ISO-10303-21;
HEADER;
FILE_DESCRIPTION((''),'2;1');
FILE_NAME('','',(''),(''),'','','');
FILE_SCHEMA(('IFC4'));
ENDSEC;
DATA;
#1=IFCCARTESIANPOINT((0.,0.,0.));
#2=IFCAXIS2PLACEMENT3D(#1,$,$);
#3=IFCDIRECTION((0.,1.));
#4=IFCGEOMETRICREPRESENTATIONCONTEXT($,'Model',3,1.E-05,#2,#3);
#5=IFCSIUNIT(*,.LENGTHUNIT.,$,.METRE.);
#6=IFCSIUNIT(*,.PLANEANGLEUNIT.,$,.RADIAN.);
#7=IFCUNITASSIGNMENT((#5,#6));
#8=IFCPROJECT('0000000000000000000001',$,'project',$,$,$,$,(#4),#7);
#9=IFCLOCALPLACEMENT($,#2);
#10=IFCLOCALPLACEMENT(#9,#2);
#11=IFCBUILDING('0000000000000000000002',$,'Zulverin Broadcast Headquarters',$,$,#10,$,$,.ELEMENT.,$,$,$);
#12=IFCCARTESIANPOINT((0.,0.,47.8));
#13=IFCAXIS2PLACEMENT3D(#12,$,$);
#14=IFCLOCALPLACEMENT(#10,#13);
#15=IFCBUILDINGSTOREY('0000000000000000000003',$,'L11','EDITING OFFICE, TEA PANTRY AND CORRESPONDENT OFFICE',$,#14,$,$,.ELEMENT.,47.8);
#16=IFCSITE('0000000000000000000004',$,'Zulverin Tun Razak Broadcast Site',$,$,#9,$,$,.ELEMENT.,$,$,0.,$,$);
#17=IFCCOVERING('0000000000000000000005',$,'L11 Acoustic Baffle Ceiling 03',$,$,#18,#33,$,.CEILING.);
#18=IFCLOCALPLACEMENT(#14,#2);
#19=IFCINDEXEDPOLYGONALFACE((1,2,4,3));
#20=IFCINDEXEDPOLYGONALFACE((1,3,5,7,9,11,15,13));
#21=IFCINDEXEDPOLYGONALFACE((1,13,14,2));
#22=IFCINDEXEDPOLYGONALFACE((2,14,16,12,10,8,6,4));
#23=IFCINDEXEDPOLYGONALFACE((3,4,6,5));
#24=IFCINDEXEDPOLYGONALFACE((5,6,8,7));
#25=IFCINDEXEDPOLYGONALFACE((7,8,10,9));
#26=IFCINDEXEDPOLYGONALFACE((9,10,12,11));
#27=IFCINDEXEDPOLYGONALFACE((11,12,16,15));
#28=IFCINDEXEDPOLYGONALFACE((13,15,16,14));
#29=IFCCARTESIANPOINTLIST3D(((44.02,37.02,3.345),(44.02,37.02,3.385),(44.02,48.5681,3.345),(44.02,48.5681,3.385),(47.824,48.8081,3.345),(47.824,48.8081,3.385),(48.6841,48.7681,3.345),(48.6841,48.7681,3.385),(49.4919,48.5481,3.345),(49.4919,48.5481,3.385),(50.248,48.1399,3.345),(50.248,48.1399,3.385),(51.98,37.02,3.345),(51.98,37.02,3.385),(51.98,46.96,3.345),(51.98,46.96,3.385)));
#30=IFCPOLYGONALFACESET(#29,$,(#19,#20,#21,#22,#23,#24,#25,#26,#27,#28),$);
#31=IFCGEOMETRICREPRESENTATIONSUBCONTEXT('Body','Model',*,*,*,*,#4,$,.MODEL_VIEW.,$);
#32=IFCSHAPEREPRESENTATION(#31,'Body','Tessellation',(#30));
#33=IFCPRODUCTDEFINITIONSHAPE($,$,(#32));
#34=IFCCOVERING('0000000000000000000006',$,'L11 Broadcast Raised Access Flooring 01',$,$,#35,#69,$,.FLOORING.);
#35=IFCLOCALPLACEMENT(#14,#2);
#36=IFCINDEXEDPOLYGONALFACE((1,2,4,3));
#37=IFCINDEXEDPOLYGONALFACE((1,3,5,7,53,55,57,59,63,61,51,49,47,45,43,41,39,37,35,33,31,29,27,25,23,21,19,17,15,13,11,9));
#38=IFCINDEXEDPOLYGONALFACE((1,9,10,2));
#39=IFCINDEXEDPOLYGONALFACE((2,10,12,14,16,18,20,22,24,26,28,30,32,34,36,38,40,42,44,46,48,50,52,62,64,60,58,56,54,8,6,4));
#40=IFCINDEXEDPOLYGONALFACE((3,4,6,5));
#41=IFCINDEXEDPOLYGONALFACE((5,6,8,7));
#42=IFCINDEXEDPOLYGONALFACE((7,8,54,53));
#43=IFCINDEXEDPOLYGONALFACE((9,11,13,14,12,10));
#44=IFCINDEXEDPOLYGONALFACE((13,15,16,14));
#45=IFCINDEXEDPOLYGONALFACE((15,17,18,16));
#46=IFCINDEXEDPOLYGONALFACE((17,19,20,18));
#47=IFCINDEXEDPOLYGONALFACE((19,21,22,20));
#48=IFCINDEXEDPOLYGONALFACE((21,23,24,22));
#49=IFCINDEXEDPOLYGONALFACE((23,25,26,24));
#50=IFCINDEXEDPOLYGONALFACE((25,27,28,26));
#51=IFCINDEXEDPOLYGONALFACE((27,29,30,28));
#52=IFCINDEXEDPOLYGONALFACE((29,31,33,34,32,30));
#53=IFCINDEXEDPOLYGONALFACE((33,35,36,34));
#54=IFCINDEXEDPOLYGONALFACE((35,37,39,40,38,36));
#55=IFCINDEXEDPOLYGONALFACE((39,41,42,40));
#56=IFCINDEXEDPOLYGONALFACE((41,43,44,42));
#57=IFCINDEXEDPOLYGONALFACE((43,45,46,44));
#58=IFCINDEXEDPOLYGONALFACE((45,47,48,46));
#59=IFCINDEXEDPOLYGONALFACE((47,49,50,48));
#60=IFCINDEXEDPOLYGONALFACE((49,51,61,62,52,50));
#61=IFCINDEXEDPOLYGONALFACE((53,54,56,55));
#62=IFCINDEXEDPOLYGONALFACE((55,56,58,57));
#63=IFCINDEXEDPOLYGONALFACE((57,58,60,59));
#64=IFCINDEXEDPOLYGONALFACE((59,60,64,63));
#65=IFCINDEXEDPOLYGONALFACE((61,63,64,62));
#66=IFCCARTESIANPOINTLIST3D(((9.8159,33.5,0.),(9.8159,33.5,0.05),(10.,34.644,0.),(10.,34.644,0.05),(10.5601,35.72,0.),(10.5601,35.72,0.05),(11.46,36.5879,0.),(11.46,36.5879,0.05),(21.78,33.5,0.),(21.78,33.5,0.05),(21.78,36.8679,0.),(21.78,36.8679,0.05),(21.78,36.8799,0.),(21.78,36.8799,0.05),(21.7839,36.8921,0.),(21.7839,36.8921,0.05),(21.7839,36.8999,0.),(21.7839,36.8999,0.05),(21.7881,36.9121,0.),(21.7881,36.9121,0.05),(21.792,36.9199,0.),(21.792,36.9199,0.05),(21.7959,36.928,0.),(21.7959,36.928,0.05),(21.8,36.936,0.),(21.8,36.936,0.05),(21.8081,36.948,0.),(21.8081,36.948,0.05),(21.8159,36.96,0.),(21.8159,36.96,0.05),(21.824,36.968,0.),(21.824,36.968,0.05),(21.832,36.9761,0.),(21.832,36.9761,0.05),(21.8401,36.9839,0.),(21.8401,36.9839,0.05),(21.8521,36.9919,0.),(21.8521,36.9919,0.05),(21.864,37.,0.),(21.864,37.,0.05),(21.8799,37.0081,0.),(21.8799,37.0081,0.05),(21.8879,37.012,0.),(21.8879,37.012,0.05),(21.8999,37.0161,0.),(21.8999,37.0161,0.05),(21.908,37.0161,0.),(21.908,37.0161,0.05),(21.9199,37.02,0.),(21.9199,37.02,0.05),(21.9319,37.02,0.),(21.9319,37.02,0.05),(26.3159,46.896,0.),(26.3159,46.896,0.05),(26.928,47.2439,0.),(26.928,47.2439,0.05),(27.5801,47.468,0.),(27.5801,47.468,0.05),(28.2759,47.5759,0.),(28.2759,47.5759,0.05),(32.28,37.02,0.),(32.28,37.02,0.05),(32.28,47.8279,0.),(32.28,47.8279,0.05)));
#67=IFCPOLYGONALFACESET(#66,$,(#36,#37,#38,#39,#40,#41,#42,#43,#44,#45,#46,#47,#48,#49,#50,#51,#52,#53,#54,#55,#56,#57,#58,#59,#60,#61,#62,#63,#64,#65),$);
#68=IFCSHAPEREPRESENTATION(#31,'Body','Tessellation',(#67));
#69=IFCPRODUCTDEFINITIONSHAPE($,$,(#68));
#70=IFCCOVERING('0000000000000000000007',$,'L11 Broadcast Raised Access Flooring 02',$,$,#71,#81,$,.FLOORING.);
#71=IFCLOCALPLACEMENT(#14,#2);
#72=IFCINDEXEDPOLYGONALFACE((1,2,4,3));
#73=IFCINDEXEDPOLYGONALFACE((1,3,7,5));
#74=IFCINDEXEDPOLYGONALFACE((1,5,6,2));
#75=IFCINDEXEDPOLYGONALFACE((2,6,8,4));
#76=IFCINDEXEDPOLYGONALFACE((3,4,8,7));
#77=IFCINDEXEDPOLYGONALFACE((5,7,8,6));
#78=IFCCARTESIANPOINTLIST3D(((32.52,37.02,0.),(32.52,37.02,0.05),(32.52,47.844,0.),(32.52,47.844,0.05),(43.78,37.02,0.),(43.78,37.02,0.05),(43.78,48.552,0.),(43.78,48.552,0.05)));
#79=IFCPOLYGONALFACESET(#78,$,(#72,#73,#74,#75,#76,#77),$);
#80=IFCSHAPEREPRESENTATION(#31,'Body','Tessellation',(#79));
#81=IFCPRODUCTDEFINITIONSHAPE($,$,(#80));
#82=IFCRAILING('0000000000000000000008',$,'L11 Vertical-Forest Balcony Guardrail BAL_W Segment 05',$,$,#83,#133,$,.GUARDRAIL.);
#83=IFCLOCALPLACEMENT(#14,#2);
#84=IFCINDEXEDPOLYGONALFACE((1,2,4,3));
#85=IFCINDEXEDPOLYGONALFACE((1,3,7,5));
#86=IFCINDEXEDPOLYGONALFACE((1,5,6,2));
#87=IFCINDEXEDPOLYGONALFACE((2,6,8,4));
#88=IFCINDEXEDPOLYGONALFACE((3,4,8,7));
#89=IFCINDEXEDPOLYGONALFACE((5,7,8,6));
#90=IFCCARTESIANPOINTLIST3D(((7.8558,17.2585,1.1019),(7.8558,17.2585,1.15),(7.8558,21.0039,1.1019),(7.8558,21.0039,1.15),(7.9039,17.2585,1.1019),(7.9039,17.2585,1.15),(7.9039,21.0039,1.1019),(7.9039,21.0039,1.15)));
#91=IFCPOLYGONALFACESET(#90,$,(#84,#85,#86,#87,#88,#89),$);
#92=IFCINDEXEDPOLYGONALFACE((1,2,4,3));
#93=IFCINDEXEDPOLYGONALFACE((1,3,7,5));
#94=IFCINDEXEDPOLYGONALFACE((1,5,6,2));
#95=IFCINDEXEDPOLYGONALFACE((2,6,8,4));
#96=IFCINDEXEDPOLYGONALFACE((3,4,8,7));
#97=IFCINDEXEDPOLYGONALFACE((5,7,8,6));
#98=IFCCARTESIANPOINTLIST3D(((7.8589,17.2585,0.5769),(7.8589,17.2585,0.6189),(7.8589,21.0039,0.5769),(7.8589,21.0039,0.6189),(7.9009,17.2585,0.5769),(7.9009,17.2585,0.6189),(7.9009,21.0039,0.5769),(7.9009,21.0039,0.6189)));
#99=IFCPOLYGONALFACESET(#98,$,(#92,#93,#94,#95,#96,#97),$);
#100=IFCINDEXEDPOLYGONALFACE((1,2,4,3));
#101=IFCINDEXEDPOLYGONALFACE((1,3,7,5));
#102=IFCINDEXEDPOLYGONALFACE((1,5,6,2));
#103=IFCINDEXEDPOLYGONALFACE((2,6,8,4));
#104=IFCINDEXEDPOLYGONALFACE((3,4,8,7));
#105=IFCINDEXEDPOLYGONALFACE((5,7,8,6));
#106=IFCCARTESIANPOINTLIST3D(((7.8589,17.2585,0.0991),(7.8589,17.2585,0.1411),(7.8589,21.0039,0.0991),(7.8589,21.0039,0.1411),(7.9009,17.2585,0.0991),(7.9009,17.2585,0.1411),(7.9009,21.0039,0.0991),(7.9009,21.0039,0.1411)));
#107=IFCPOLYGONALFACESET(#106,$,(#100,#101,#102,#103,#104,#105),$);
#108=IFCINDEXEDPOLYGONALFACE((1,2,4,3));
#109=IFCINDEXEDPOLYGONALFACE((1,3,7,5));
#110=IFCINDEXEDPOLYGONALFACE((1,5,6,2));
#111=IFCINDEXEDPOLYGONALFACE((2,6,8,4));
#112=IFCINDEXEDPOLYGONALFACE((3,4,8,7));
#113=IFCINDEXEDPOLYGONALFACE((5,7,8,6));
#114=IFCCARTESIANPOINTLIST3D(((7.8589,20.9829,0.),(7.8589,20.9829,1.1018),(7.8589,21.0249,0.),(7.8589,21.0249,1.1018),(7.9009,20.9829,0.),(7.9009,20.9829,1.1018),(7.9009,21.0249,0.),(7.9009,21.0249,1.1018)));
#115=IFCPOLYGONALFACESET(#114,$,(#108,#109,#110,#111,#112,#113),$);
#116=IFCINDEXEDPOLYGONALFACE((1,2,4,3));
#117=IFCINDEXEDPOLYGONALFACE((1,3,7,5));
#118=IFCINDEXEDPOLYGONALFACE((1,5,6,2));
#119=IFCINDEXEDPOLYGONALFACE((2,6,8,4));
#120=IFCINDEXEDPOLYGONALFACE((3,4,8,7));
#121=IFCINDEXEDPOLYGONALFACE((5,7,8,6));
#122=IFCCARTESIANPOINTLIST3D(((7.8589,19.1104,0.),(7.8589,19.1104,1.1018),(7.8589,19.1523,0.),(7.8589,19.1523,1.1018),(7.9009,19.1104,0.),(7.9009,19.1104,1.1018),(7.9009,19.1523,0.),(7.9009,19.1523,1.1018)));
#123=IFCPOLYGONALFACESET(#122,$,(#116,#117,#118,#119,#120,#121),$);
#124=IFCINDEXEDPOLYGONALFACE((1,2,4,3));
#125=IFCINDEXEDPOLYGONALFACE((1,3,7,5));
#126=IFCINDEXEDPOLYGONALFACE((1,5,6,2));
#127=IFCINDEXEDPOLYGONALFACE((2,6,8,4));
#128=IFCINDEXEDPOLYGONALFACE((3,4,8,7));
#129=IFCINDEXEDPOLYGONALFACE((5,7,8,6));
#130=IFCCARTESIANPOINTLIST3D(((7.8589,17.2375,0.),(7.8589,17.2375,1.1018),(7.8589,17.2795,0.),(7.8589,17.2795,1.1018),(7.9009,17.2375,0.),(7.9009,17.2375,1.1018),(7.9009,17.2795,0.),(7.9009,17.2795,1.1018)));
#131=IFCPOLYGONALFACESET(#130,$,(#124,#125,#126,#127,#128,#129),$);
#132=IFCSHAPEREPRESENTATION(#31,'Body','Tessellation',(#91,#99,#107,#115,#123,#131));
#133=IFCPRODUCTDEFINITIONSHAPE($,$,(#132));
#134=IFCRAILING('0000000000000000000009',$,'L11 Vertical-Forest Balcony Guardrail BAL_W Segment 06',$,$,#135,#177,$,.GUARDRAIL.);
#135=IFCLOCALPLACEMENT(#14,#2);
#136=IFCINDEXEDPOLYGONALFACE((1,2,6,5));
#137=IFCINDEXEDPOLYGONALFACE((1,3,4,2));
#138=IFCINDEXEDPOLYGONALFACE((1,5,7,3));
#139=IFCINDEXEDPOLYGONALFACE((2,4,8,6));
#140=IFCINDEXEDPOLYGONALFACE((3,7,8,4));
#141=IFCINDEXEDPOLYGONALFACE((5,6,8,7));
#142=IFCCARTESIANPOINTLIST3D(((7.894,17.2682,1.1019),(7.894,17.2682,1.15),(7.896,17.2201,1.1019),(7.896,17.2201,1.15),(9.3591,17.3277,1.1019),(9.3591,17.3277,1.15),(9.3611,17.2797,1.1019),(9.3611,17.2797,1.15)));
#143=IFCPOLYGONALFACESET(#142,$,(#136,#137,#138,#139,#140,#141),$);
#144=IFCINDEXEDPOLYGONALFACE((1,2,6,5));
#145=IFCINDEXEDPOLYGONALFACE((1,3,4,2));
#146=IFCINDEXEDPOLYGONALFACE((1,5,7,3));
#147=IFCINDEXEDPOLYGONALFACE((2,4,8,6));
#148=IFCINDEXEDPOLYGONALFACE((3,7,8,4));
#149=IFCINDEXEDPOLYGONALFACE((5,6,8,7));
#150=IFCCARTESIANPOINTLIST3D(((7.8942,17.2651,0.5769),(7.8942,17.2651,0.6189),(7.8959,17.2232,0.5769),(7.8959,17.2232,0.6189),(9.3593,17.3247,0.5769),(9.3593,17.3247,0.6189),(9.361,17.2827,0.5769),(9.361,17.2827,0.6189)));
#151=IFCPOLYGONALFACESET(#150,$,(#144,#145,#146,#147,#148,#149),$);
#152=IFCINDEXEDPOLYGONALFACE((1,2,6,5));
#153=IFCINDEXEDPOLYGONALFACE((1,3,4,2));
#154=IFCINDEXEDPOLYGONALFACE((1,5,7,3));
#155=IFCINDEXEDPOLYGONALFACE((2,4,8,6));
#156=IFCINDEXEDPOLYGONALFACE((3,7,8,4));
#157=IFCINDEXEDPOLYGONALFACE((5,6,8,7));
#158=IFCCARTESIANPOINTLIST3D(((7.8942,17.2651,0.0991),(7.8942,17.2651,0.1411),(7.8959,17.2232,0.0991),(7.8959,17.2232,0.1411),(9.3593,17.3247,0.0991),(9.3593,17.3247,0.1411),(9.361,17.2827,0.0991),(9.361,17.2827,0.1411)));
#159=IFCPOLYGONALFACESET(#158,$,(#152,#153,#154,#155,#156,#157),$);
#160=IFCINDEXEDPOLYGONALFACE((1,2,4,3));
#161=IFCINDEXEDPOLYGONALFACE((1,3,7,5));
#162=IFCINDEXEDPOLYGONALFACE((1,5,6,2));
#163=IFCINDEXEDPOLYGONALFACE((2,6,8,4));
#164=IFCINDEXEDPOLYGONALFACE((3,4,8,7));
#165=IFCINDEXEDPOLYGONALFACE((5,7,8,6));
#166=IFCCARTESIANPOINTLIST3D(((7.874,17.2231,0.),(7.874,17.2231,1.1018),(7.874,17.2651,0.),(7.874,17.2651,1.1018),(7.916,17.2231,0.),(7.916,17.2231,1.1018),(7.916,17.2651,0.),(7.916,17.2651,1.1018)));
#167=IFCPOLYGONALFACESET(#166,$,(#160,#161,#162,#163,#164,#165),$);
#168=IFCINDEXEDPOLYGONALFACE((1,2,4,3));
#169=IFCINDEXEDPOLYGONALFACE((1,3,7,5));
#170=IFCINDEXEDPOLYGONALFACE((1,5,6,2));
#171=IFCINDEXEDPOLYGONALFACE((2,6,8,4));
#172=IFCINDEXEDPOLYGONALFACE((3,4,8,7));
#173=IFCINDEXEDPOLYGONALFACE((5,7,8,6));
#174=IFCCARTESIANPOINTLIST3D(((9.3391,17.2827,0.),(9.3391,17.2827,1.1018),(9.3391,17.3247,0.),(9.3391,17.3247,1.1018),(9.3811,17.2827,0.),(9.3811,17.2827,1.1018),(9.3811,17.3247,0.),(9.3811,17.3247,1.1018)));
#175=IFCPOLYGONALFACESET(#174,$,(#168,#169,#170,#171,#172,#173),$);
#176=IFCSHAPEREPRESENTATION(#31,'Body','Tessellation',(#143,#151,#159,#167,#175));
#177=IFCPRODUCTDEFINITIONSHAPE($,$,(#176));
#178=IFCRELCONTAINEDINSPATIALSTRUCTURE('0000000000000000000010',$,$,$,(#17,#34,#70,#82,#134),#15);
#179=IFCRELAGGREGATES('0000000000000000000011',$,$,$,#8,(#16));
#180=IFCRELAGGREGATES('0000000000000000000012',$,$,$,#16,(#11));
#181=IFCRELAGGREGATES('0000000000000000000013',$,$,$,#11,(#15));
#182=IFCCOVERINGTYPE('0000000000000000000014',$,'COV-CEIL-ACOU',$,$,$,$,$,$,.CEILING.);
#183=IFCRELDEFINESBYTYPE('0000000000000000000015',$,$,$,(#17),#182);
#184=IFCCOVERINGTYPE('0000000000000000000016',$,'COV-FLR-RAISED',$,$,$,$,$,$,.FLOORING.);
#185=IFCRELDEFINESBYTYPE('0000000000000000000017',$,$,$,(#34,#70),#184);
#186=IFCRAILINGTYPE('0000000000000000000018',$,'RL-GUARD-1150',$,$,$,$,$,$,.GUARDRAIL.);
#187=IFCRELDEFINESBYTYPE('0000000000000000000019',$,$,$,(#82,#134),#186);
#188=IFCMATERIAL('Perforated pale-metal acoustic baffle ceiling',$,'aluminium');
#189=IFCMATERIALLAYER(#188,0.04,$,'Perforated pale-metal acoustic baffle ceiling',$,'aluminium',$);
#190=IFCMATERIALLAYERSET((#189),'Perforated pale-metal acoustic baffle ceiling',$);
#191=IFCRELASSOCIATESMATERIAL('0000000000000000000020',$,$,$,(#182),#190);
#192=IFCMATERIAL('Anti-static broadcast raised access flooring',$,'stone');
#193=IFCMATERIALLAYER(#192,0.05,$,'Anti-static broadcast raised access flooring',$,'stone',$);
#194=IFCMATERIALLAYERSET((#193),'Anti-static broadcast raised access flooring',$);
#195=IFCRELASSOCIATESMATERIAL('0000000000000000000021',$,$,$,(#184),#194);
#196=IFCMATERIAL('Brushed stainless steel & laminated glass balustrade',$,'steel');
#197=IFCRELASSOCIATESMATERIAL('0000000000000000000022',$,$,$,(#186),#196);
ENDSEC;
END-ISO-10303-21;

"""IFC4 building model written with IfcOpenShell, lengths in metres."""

from ifc_helpers import new_model, si_unit, direction, frame, origin, origin_2d, place, context, subcontext, project, spatial, polyline, rectangle, outline, extrude, material, layer, layer_set, type_object, element, save


model = new_model("IFC4")

# Units and contexts
model_context = context("Model", 3, precision=1e-05, world=origin(), true_north=direction((0.0, 1.0)))
body_context = subcontext(model_context, "Body", "Model", "MODEL_VIEW")
ifc_project = project(units=[si_unit("LENGTHUNIT", "METRE"), si_unit("PLANEANGLEUNIT", "RADIAN")], contexts=[model_context])

# Site, building, storey
site_placement = place(None, origin())
site = spatial("IfcSite", under=ifc_project, at=site_placement, Name="Zulverin Tun Razak Broadcast Site", CompositionType="ELEMENT", RefElevation=0.0)
building_placement = place(site_placement, origin())
building = spatial("IfcBuilding", under=site, at=building_placement, Name="Zulverin Broadcast Headquarters", CompositionType="ELEMENT")
storey_placement = place(building_placement, frame((0.0, 0.0, 47.8)))
storey = spatial("IfcBuildingStorey", under=building, at=storey_placement, Name="L11", Description="EDITING OFFICE, TEA PANTRY AND CORRESPONDENT OFFICE", CompositionType="ELEMENT", Elevation=47.8)

# Coverings
ifc_material_1 = material(Name="Perforated pale-metal acoustic baffle ceiling", Category="aluminium")
ifc_layer_1 = layer(ifc_material_1, 0.04, Name="Perforated pale-metal acoustic baffle ceiling", Category="aluminium")
ifc_layer_set_1 = layer_set([ifc_layer_1], Name="Perforated pale-metal acoustic baffle ceiling")
covering_type_1 = type_object("IfcCoveringType", Name="COV-CEIL-ACOU", PredefinedType="CEILING", material=ifc_layer_set_1)
covering_1_placement = place(storey_placement, frame((0.0, 0.0, 3.345)))
element("IfcCovering", 1, at=covering_1_placement, inside=storey, type_object=covering_type_1, Name="L11 Acoustic Baffle Ceiling 03", PredefinedType="CEILING", context=body_context, shape_type="SweptSolid", body=[
    extrude(outline(polyline([(51.98, 37.02), (51.98, 46.96), (50.248, 48.1399), (49.4919, 48.5481), (48.6841, 48.7681), (47.824, 48.8081), (44.02, 48.5681), (44.02, 37.02), (51.98, 37.02)])), origin(), (0.0, 0.0, 1.0), 0.04),
])
ifc_material_2 = material(Name="Anti-static broadcast raised access flooring", Category="stone")
ifc_layer_2 = layer(ifc_material_2, 0.05, Name="Anti-static broadcast raised access flooring", Category="stone")
ifc_layer_set_2 = layer_set([ifc_layer_2], Name="Anti-static broadcast raised access flooring")
covering_type_2 = type_object("IfcCoveringType", Name="COV-FLR-RAISED", PredefinedType="FLOORING", material=ifc_layer_set_2)
covering_2_placement = place(storey_placement, origin())
element("IfcCovering", 2, at=covering_2_placement, inside=storey, type_object=covering_type_2, Name="L11 Broadcast Raised Access Flooring 01", PredefinedType="FLOORING", context=body_context, shape_type="SweptSolid", body=[
    extrude(outline(polyline([(11.46, 36.5879), (10.5601, 35.72), (10.0, 34.644), (9.8159, 33.5), (21.78, 33.5), (21.78, 36.8679), (21.78, 36.8799), (21.7839, 36.8921), (21.7839, 36.8999), (21.7881, 36.9121), (21.792, 36.9199), (21.7959, 36.928), (21.8, 36.936), (21.8081, 36.948), (21.8159, 36.96), (21.824, 36.968), (21.832, 36.9761), (21.8401, 36.9839), (21.8521, 36.9919), (21.864, 37.0), (21.8799, 37.0081), (21.8879, 37.012), (21.8999, 37.0161), (21.908, 37.0161), (21.9199, 37.02), (21.9319, 37.02), (32.28, 37.02), (32.28, 47.8279), (28.2759, 47.5759), (27.5801, 47.468), (26.928, 47.2439), (26.3159, 46.896), (11.46, 36.5879)])), origin(), (0.0, 0.0, 1.0), 0.05),
])
covering_3_placement = place(storey_placement, origin())
element("IfcCovering", 3, at=covering_3_placement, inside=storey, type_object=covering_type_2, Name="L11 Broadcast Raised Access Flooring 02", PredefinedType="FLOORING", context=body_context, shape_type="SweptSolid", body=[
    extrude(outline(polyline([(43.78, 37.02), (43.78, 48.552), (32.52, 47.844), (32.52, 37.02), (43.78, 37.02)])), origin(), (0.0, 0.0, 1.0), 0.05),
])

# Railings
ifc_material_3 = material(Name="Brushed stainless steel & laminated glass balustrade", Category="steel")
railing_type = type_object("IfcRailingType", Name="RL-GUARD-1150", PredefinedType="GUARDRAIL", material=ifc_material_3)
railing_1_placement = place(storey_placement, frame((7.8799, 21.0039, 0.0)))
element("IfcRailing", 4, at=railing_1_placement, inside=storey, type_object=railing_type, Name="L11 Vertical-Forest Balcony Guardrail BAL_W Segment 05", PredefinedType="GUARDRAIL", context=body_context, shape_type="SweptSolid", body=[
    extrude(rectangle(XDim=0.0481, YDim=0.0481, at=origin_2d()), frame((0.0, 0.0, 1.126), z_axis=(0.0, -1.0, 0.0), x_axis=(1.0, 0.0, 0.0)), (0.0, 0.0, 1.0), 3.7454),
    extrude(rectangle(XDim=0.042, YDim=0.042, at=origin_2d()), frame((0.0, 0.0, 0.5979), z_axis=(0.0, -1.0, 0.0), x_axis=(1.0, 0.0, 0.0)), (0.0, 0.0, 1.0), 3.7454),
    extrude(rectangle(XDim=0.042, YDim=0.042, at=origin_2d()), frame((0.0, 0.0, 0.1201), z_axis=(0.0, -1.0, 0.0), x_axis=(1.0, 0.0, 0.0)), (0.0, 0.0, 1.0), 3.7454),
    extrude(rectangle(XDim=0.042, YDim=0.042, at=origin_2d()), origin(), (0.0, 0.0, 1.0), 1.1018),
    extrude(rectangle(XDim=0.042, YDim=0.042, at=origin_2d()), frame((0.0, -1.8726, 0.0)), (0.0, 0.0, 1.0), 1.1018),
    extrude(rectangle(XDim=0.042, YDim=0.042, at=origin_2d()), frame((0.0, -3.7454, 0.0)), (0.0, 0.0, 1.0), 1.1018),
])
railing_2_placement = place(storey_placement, frame((7.895, 17.2441, 0.0)))
element("IfcRailing", 5, at=railing_2_placement, inside=storey, type_object=railing_type, Name="L11 Vertical-Forest Balcony Guardrail BAL_W Segment 06", PredefinedType="GUARDRAIL", context=body_context, shape_type="SweptSolid", body=[
    extrude(rectangle(XDim=0.0481, YDim=0.0481, at=origin_2d()), frame((0.0, 0.0, 1.126), z_axis=(0.999174, 0.040626, 0.0), x_axis=(-0.040626, 0.999174, 0.0)), (0.0, 0.0, 1.0), 1.4663),
    extrude(rectangle(XDim=0.042, YDim=0.042, at=origin_2d()), frame((0.0, 0.0, 0.5979), z_axis=(0.999174, 0.040626, 0.0), x_axis=(-0.040626, 0.999174, 0.0)), (0.0, 0.0, 1.0), 1.4663),
    extrude(rectangle(XDim=0.042, YDim=0.042, at=origin_2d()), frame((0.0, 0.0, 0.1201), z_axis=(0.999174, 0.040626, 0.0), x_axis=(-0.040626, 0.999174, 0.0)), (0.0, 0.0, 1.0), 1.4663),
    extrude(rectangle(XDim=0.042, YDim=0.042, at=origin_2d()), origin(), (0.0, 0.0, 1.0), 1.1018),
    extrude(rectangle(XDim=0.042, YDim=0.042, at=origin_2d()), frame((1.4651, 0.0596, 0.0)), (0.0, 0.0, 1.0), 1.1018),
])

save(model, "model.ifc")
